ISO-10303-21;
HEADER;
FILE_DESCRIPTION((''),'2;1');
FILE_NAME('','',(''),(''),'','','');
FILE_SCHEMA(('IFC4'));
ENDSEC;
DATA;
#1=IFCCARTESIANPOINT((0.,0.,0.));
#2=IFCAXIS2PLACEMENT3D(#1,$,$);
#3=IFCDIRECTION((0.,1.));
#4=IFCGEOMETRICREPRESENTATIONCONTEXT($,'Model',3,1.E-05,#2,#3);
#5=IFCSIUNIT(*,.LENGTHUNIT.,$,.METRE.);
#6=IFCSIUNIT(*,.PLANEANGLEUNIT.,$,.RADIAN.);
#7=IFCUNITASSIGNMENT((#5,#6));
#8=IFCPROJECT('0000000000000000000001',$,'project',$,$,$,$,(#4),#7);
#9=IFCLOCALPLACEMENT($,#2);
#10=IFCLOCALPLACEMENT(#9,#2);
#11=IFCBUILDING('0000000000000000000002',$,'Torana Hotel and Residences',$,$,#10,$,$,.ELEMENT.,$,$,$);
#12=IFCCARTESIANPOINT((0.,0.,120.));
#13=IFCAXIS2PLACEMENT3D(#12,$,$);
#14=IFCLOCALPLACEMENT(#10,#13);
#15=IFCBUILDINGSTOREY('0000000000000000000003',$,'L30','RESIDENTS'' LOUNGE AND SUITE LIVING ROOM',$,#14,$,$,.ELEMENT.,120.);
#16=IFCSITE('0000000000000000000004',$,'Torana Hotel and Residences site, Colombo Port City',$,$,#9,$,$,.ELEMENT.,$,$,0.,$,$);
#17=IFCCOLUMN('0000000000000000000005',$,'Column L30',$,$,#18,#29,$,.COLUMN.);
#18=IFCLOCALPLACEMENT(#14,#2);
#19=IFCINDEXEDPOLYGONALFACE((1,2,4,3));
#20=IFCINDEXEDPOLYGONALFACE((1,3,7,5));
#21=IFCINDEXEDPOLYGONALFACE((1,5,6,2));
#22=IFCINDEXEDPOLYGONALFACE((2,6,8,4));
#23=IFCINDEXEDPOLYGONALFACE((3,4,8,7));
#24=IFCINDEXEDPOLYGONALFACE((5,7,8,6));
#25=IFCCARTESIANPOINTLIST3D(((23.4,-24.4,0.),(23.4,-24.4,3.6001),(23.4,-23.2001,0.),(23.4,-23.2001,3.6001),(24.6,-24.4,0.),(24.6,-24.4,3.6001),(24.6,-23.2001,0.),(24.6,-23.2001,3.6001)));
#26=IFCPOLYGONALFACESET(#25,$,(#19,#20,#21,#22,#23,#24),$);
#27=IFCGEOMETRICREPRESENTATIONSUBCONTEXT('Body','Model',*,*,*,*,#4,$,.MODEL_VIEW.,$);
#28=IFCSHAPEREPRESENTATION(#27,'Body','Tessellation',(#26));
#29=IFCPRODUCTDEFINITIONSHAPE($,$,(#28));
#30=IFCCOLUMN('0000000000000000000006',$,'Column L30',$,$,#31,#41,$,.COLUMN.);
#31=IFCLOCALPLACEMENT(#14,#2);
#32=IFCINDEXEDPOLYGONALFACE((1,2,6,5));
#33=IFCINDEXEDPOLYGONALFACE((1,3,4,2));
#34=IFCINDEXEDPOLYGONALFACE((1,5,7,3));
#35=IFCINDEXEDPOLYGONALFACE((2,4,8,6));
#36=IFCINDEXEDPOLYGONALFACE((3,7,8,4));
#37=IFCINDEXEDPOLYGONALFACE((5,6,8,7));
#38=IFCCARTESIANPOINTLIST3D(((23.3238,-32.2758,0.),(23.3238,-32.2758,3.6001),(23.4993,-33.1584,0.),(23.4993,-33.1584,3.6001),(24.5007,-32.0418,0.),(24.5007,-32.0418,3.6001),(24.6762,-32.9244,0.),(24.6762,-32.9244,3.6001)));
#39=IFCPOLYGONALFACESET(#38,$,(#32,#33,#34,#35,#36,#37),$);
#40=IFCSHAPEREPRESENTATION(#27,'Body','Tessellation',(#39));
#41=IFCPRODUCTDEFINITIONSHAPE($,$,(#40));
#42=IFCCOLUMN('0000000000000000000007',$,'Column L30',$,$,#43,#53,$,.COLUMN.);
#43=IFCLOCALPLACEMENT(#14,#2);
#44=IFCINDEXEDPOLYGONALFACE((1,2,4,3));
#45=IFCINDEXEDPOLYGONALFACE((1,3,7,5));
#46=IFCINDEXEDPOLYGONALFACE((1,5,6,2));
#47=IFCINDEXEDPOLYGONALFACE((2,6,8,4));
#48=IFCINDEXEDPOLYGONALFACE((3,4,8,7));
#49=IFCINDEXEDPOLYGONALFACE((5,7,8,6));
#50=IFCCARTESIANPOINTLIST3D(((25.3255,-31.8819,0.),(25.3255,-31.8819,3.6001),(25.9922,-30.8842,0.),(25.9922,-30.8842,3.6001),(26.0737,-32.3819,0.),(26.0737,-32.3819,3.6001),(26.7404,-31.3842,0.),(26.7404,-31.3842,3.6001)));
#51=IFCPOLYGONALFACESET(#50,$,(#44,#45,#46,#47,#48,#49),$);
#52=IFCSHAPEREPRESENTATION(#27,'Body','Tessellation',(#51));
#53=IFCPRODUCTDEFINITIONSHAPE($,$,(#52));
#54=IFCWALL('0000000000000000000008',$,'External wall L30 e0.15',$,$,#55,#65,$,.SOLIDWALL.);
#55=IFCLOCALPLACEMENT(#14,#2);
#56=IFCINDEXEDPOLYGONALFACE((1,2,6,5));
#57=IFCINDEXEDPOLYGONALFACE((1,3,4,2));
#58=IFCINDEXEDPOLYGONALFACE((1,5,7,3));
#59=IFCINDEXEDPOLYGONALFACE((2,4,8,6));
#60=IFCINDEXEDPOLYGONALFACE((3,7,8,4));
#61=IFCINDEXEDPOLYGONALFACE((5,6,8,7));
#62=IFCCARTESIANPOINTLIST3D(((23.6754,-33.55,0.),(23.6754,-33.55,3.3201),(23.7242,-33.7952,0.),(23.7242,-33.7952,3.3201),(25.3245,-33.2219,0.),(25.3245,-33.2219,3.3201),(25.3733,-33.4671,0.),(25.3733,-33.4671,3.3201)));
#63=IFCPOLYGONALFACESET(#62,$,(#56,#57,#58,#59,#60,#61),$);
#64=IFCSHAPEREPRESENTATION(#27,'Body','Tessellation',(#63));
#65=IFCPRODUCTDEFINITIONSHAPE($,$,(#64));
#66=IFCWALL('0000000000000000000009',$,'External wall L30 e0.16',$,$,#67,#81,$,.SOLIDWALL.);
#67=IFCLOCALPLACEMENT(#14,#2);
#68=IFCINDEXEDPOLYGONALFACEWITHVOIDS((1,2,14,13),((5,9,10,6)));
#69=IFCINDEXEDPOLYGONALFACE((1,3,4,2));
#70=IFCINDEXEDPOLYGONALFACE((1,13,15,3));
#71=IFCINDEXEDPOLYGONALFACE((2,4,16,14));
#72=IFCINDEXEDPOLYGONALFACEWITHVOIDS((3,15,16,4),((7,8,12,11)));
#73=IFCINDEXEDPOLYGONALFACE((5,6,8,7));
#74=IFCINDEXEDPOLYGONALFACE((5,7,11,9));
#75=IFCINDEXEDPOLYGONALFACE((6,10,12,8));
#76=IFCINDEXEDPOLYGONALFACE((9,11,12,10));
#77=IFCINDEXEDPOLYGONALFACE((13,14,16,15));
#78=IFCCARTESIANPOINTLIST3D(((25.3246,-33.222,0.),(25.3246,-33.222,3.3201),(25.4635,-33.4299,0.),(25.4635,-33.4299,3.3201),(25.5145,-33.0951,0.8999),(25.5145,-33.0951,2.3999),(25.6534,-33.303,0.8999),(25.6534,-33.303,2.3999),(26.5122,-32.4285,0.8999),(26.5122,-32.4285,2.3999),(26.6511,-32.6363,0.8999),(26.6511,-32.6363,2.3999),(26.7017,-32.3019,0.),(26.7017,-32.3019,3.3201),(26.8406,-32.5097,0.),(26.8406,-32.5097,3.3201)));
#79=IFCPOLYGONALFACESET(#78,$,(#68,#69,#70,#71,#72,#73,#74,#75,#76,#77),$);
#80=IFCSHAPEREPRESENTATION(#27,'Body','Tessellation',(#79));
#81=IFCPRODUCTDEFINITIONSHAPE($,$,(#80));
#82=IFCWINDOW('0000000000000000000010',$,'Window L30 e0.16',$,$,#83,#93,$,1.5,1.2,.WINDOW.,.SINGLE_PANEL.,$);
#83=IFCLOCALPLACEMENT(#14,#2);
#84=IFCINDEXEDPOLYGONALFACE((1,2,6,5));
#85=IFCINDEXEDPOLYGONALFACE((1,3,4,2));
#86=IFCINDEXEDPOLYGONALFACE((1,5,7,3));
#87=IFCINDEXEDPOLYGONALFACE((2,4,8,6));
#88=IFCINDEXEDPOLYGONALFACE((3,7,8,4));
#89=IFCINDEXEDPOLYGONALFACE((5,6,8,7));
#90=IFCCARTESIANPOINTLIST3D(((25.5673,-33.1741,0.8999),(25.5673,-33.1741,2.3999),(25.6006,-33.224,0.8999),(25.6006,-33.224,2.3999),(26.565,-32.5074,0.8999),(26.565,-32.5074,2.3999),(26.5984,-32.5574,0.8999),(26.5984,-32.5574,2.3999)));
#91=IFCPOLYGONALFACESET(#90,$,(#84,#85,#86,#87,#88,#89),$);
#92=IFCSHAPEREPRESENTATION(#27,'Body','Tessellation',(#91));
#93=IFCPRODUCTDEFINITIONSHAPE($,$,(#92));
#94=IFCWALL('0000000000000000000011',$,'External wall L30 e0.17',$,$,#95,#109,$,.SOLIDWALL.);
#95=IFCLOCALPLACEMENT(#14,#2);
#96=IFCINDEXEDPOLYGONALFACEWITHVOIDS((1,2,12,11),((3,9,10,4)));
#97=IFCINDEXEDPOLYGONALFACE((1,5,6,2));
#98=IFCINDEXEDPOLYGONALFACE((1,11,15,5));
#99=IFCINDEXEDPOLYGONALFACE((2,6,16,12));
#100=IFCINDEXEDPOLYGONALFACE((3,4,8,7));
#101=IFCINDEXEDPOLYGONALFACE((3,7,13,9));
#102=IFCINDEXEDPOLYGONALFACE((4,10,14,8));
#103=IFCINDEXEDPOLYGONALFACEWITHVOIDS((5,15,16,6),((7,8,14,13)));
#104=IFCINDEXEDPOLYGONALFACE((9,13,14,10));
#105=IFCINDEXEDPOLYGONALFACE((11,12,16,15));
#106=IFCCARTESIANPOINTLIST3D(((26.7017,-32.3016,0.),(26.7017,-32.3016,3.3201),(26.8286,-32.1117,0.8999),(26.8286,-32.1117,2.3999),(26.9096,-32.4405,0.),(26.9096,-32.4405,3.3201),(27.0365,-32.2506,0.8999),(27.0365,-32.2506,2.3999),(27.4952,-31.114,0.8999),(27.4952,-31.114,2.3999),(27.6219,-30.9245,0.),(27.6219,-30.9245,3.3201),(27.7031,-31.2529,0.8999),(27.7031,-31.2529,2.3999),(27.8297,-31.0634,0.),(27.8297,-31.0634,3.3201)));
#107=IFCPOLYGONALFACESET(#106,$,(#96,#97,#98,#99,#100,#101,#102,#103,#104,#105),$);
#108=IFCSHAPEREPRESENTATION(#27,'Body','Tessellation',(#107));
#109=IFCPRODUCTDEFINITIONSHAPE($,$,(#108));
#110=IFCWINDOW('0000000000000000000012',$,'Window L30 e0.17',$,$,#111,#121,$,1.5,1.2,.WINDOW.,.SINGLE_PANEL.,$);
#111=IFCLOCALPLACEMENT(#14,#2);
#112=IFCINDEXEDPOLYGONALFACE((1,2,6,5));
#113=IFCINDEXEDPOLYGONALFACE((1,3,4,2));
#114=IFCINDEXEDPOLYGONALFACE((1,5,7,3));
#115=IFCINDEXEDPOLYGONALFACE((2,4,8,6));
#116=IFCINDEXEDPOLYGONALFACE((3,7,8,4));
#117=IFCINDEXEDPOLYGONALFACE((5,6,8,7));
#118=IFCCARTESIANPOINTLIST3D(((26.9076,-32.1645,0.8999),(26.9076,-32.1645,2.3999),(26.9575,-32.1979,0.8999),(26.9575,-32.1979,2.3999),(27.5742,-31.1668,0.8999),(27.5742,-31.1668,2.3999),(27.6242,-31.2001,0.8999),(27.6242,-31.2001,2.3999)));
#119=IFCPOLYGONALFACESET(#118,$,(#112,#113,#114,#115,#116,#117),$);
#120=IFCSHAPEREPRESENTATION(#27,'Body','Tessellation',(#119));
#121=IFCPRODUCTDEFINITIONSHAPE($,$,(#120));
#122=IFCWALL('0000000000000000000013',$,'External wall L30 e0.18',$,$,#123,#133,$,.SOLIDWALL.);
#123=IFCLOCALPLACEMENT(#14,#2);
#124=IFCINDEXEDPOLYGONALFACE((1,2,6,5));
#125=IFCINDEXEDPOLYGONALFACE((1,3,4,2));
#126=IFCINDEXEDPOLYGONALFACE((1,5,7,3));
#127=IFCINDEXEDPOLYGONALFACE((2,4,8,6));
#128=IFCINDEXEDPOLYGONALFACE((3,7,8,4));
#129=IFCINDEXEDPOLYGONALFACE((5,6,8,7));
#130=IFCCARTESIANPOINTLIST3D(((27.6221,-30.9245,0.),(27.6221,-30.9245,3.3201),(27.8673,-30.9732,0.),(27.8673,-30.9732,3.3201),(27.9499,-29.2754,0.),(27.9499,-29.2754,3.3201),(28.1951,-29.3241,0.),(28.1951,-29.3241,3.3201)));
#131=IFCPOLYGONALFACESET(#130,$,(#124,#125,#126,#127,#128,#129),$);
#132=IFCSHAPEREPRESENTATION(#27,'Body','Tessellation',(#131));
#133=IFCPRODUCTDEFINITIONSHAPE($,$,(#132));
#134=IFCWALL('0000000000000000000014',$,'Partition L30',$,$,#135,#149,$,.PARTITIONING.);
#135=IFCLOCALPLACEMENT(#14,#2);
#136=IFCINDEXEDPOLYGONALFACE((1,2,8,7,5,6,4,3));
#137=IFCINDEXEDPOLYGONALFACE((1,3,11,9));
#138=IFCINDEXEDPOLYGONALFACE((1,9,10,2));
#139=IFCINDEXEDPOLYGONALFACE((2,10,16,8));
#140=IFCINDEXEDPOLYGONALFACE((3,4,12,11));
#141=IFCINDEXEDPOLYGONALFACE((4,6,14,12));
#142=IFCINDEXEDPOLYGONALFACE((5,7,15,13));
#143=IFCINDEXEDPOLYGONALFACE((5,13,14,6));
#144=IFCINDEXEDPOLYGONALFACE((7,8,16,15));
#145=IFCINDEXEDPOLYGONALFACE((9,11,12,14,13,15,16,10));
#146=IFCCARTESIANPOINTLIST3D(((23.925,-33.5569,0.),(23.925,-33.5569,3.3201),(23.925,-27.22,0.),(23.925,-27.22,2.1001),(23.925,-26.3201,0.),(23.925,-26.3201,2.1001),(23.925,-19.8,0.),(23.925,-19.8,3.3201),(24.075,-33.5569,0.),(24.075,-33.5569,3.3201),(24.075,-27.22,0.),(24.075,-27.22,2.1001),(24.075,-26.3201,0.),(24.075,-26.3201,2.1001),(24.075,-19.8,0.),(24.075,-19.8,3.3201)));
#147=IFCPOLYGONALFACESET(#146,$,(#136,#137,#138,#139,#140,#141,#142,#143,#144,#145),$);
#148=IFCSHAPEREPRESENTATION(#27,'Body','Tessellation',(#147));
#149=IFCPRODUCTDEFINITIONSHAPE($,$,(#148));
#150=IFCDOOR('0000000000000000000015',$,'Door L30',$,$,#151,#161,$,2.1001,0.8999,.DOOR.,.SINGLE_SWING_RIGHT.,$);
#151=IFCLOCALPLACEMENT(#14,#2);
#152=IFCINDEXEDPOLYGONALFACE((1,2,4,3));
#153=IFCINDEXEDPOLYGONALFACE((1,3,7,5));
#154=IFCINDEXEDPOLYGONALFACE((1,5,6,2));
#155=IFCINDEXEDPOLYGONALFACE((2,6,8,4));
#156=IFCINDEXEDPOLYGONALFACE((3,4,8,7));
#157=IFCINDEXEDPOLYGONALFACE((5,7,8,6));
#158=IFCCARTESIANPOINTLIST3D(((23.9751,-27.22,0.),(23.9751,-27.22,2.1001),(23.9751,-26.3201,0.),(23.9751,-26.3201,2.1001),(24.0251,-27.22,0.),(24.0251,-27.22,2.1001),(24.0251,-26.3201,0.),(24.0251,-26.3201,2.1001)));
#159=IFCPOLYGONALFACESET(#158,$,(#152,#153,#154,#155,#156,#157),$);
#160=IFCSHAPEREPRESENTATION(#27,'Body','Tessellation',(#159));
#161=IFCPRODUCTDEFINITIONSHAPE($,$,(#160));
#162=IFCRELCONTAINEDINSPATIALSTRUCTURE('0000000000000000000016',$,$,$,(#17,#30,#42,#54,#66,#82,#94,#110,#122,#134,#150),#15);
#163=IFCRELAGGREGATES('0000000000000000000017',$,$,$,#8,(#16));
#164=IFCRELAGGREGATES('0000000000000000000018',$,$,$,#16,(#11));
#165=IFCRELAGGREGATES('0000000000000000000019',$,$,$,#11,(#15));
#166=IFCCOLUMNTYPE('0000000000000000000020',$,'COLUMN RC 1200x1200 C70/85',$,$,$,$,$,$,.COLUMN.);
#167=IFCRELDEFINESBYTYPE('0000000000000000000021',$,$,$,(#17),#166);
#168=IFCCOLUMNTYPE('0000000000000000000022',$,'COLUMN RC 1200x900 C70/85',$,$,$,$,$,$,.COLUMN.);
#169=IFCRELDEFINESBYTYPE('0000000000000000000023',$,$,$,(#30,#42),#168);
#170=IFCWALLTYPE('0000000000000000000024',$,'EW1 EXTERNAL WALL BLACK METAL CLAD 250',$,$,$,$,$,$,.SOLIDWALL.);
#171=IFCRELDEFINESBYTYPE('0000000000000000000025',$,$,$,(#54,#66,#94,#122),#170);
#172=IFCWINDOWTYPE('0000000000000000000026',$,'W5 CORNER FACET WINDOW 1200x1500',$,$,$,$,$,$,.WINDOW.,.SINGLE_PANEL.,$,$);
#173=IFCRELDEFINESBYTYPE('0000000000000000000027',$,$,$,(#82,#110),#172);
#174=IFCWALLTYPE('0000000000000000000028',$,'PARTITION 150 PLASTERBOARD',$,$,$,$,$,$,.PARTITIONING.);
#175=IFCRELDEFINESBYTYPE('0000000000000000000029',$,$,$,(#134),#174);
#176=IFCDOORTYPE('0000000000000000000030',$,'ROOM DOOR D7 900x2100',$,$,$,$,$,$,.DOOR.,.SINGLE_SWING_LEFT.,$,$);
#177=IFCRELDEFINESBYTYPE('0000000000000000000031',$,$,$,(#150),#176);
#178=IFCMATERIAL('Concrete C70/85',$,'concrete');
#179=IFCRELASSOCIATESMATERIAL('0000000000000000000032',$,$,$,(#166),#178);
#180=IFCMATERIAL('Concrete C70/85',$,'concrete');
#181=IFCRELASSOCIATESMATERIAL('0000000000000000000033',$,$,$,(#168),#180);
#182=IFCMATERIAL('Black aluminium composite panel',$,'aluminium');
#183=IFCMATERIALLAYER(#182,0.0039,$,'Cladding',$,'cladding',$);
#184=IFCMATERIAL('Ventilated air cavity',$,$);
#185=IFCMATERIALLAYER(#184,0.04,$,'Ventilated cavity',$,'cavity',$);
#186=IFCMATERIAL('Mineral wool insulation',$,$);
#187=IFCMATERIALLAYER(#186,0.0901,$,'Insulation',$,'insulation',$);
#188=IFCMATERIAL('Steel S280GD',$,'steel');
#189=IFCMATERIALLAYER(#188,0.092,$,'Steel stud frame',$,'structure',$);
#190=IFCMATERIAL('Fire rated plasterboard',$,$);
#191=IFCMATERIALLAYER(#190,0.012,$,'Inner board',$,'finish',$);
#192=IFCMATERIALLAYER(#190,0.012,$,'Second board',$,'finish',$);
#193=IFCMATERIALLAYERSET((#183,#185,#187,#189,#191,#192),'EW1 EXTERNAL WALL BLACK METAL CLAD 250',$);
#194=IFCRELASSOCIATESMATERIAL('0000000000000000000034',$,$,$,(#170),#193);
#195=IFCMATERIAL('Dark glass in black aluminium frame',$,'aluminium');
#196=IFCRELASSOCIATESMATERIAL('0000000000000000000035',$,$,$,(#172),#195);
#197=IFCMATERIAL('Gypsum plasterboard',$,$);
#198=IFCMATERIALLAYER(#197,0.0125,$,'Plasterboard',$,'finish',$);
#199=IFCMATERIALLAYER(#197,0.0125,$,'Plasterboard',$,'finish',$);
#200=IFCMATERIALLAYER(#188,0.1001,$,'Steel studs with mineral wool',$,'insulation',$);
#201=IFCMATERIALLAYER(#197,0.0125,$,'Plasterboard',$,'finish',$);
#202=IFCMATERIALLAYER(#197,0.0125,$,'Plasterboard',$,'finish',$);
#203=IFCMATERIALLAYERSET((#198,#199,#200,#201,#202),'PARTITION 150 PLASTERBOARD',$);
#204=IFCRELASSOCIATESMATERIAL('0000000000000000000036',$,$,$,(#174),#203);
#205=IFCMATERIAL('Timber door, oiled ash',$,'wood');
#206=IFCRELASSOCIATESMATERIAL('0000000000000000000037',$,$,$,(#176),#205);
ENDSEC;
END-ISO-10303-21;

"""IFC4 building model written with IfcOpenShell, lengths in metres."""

from ifc_helpers import new_model, si_unit, direction, frame, frame_2d, origin, origin_2d, place, context, subcontext, project, spatial, rectangle, extrude, material, layer, layer_set, material_profile, profile_set, type_object, element, fill, save


model = new_model("IFC4")

# Units and contexts
model_context = context("Model", 3, precision=1e-05, world=origin(), true_north=direction((0.0, 1.0)))
body_context = subcontext(model_context, "Body", "Model", "MODEL_VIEW")
ifc_project = project(units=[si_unit("LENGTHUNIT", "METRE"), si_unit("PLANEANGLEUNIT", "RADIAN")], contexts=[model_context])

# Site, building, storey
site_placement = place(None, origin())
site = spatial("IfcSite", under=ifc_project, at=site_placement, Name="Torana Hotel and Residences site, Colombo Port City", CompositionType="ELEMENT", RefElevation=0.0)
building_placement = place(site_placement, origin())
building = spatial("IfcBuilding", under=site, at=building_placement, Name="Torana Hotel and Residences", CompositionType="ELEMENT")
storey_placement = place(building_placement, frame((0.0, 0.0, 120.0)))
storey = spatial("IfcBuildingStorey", under=building, at=storey_placement, Name="L30", Description="RESIDENTS' LOUNGE AND SUITE LIVING ROOM", CompositionType="ELEMENT", Elevation=120.0)

# Columns
ifc_material_1 = material(Name="Concrete C70/85", Category="concrete")
ifc_material_profile_1 = material_profile(ifc_material_1, rectangle(XDim=1.2, YDim=1.2, at=origin_2d()), Name="RC 1200x1200")
ifc_profile_set_1 = profile_set([ifc_material_profile_1], Name="Concrete C70/85")
column_type_1 = type_object("IfcColumnType", Name="COLUMN RC 1200x1200 C70/85", PredefinedType="COLUMN", material=ifc_profile_set_1)
column_placement = place(storey_placement, frame((24.0, -23.8, 0.0), z_axis=(0.0, 0.0, 1.0), x_axis=(1.0, 0.0, 0.0)))
element("IfcColumn", 1, at=column_placement, inside=storey, type_object=column_type_1, Name="Column L30", PredefinedType="COLUMN", context=body_context, shape_type="SweptSolid", body=[
    extrude(rectangle(XDim=1.2, YDim=1.2, at=origin_2d()), origin(), (0.0, 0.0, 1.0), 3.6001),
])
ifc_material_2 = material(Name="Concrete C70/85", Category="concrete")
ifc_material_profile_2 = material_profile(ifc_material_2, rectangle(XDim=1.2, YDim=0.8999, at=origin_2d()), Name="RC 1200x900")
ifc_profile_set_2 = profile_set([ifc_material_profile_2], Name="Concrete C70/85")
column_type_2 = type_object("IfcColumnType", Name="COLUMN RC 1200x900 C70/85", PredefinedType="COLUMN", material=ifc_profile_set_2)
for number, where, z_axis, x_axis, name in (
    (2, (24.0, -32.6001, 0.0), (0.0, 0.0, 1.0), (0.980792, 0.195056, 0.0), "Column L30"),
    (3, (26.033, -31.6331, 0.0), (0.0, 0.0, 1.0), (0.555585, 0.83146, 0.0), "Column L30"),
):
    element("IfcColumn", number, at=place(storey_placement, frame(where, z_axis=z_axis, x_axis=x_axis)), inside=storey, type_object=column_type_2, Name=name, PredefinedType="COLUMN", context=body_context, shape_type="SweptSolid", body=[
        extrude(rectangle(XDim=1.2, YDim=0.8999, at=origin_2d()), origin(), (0.0, 0.0, 1.0), 3.6001),
    ])

# Wall
ifc_material_3 = material(Name="Black aluminium composite panel", Category="aluminium")
ifc_layer_1 = layer(ifc_material_3, 0.0039, Name="Cladding", Category="cladding")
ifc_material_4 = material(Name="Ventilated air cavity")
ifc_layer_2 = layer(ifc_material_4, 0.04, Name="Ventilated cavity", Category="cavity")
ifc_material_5 = material(Name="Mineral wool insulation")
ifc_layer_3 = layer(ifc_material_5, 0.0901, Name="Insulation", Category="insulation")
ifc_material_6 = material(Name="Steel S280GD", Category="steel")
ifc_layer_4 = layer(ifc_material_6, 0.092, Name="Steel stud frame", Category="structure")
ifc_material_7 = material(Name="Fire rated plasterboard")
ifc_layer_5 = layer(ifc_material_7, 0.012, Name="Inner board", Category="finish")
ifc_layer_6 = layer(ifc_material_7, 0.012, Name="Second board", Category="finish")
ifc_layer_set_1 = layer_set([ifc_layer_1, ifc_layer_2, ifc_layer_3, ifc_layer_4, ifc_layer_5, ifc_layer_6], Name="EW1 EXTERNAL WALL BLACK METAL CLAD 250")
wall_type_1 = type_object("IfcWallType", Name="EW1 EXTERNAL WALL BLACK METAL CLAD 250", PredefinedType="SOLIDWALL", material=ifc_layer_set_1)
wall_1_placement = place(storey_placement, frame((23.6997, -33.6726, 0.0), z_axis=(0.0, 0.0, 1.0), x_axis=(0.980776, 0.195139, 0.0)))
element("IfcWall", 4, at=wall_1_placement, inside=storey, type_object=wall_type_1, Name="External wall L30 e0.15", PredefinedType="SOLIDWALL", context=body_context, shape_type="SweptSolid", body=[
    extrude(rectangle(XDim=1.6814, YDim=0.25, at=frame_2d((0.8408, 0.0))), origin(), (0.0, 0.0, 1.0), 3.3201),
])

# Walls, openings, windows
wall_2_placement = place(storey_placement, frame((25.394, -33.3259, 0.0), z_axis=(0.0, 0.0, 1.0), x_axis=(0.831483, 0.55555, 0.0)))
wall_2 = element("IfcWall", 5, at=wall_2_placement, inside=storey, type_object=wall_type_1, Name="External wall L30 e0.16", PredefinedType="SOLIDWALL", context=body_context, shape_type="SweptSolid", body=[
    extrude(rectangle(XDim=1.6562, YDim=0.25, at=frame_2d((0.8281, 0.0))), origin(), (0.0, 0.0, 1.0), 3.3201),
])
opening_1_placement = place(wall_2_placement, frame((0.2283, 0.0, 0.8999)))
opening_1 = element("IfcOpeningElement", 6, at=opening_1_placement, cuts=wall_2, PredefinedType="OPENING", context=body_context, shape_type="SweptSolid", body=[
    extrude(rectangle(XDim=1.2, YDim=1.5, at=frame_2d((0.6001, 0.75))), frame((0.0, 0.135, 0.0), z_axis=(0.0, -1.0, 0.0), x_axis=(1.0, 0.0, 0.0)), (0.0, 0.0, 1.0), 0.27),
])
ifc_material_8 = material(Name="Dark glass in black aluminium frame", Category="aluminium")
window_type_1 = type_object("IfcWindowType", Name="W5 CORNER FACET WINDOW 1200x1500", PartitioningType="SINGLE_PANEL", PredefinedType="WINDOW", material=ifc_material_8)
window_1_placement = place(opening_1_placement, origin())
window_1 = element("IfcWindow", 7, at=window_1_placement, inside=storey, type_object=window_type_1, Name="Window L30 e0.16", OverallHeight=1.5, OverallWidth=1.2, PartitioningType="SINGLE_PANEL", PredefinedType="WINDOW", context=body_context, shape_type="SweptSolid", body=[
    extrude(rectangle(XDim=1.2, YDim=1.5, at=frame_2d((0.6001, 0.75))), frame((0.0, 0.03, 0.0), z_axis=(0.0, -1.0, 0.0), x_axis=(1.0, 0.0, 0.0)), (0.0, 0.0, 1.0), 0.0601),
])
fill(opening_1, window_1)
wall_3_placement = place(storey_placement, frame((26.8057, -32.3711, 0.0), z_axis=(0.0, 0.0, 1.0), x_axis=(0.55555, 0.831483, 0.0)))
wall_3 = element("IfcWall", 8, at=wall_3_placement, inside=storey, type_object=wall_type_1, Name="External wall L30 e0.17", PredefinedType="SOLIDWALL", context=body_context, shape_type="SweptSolid", body=[
    extrude(rectangle(XDim=1.6562, YDim=0.25, at=frame_2d((0.8281, 0.0))), origin(), (0.0, 0.0, 1.0), 3.3201),
])
opening_2_placement = place(wall_3_placement, frame((0.2283, 0.0, 0.8999)))
opening_2 = element("IfcOpeningElement", 9, at=opening_2_placement, cuts=wall_3, PredefinedType="OPENING", context=body_context, shape_type="SweptSolid", body=[
    extrude(rectangle(XDim=1.2, YDim=1.5, at=frame_2d((0.6001, 0.75))), frame((0.0, 0.135, 0.0), z_axis=(0.0, -1.0, 0.0), x_axis=(1.0, 0.0, 0.0)), (0.0, 0.0, 1.0), 0.27),
])
window_2_placement = place(opening_2_placement, origin())
window_2 = element("IfcWindow", 10, at=window_2_placement, inside=storey, type_object=window_type_1, Name="Window L30 e0.17", OverallHeight=1.5, OverallWidth=1.2, PartitioningType="SINGLE_PANEL", PredefinedType="WINDOW", context=body_context, shape_type="SweptSolid", body=[
    extrude(rectangle(XDim=1.2, YDim=1.5, at=frame_2d((0.6001, 0.75))), frame((0.0, 0.03, 0.0), z_axis=(0.0, -1.0, 0.0), x_axis=(1.0, 0.0, 0.0)), (0.0, 0.0, 1.0), 0.0601),
])
fill(opening_2, window_2)

# Wall
wall_4_placement = place(storey_placement, frame((27.7446, -30.949, 0.0), z_axis=(0.0, 0.0, 1.0), x_axis=(0.194999, 0.980803, 0.0)))
element("IfcWall", 11, at=wall_4_placement, inside=storey, type_object=wall_type_1, Name="External wall L30 e0.18", PredefinedType="SOLIDWALL", context=body_context, shape_type="SweptSolid", body=[
    extrude(rectangle(XDim=1.6814, YDim=0.25, at=frame_2d((0.8408, 0.0))), origin(), (0.0, 0.0, 1.0), 3.3201),
])

# Wall, opening, door
ifc_material_9 = material(Name="Gypsum plasterboard")
ifc_layer_7 = layer(ifc_material_9, 0.0125, Name="Plasterboard", Category="finish")
ifc_layer_8 = layer(ifc_material_9, 0.0125, Name="Plasterboard", Category="finish")
ifc_layer_9 = layer(ifc_material_6, 0.1001, Name="Steel studs with mineral wool", Category="insulation")
ifc_layer_10 = layer(ifc_material_9, 0.0125, Name="Plasterboard", Category="finish")
ifc_layer_11 = layer(ifc_material_9, 0.0125, Name="Plasterboard", Category="finish")
ifc_layer_set_2 = layer_set([ifc_layer_7, ifc_layer_8, ifc_layer_9, ifc_layer_10, ifc_layer_11], Name="PARTITION 150 PLASTERBOARD")
wall_type_2 = type_object("IfcWallType", Name="PARTITION 150 PLASTERBOARD", PredefinedType="PARTITIONING", material=ifc_layer_set_2)
wall_5_placement = place(storey_placement, frame((24.0, -33.5569, 0.0), z_axis=(0.0, 0.0, 1.0), x_axis=(0.0, 1.0, 0.0)))
wall_5 = element("IfcWall", 12, at=wall_5_placement, inside=storey, type_object=wall_type_2, Name="Partition L30", PredefinedType="PARTITIONING", context=body_context, shape_type="SweptSolid", body=[
    extrude(rectangle(XDim=13.7568, YDim=0.1499, at=frame_2d((6.8784, 0.0))), origin(), (0.0, 0.0, 1.0), 3.3201),
])
opening_3_placement = place(wall_5_placement, frame((6.3369, 0.0, 0.0)))
opening_3 = element("IfcOpeningElement", 13, at=opening_3_placement, cuts=wall_5, PredefinedType="OPENING", context=body_context, shape_type="SweptSolid", body=[
    extrude(rectangle(XDim=0.8999, YDim=2.1001, at=frame_2d((0.45, 1.05))), frame((0.0, 0.085, 0.0), z_axis=(0.0, -1.0, 0.0), x_axis=(1.0, 0.0, 0.0)), (0.0, 0.0, 1.0), 0.1699),
])
ifc_material_10 = material(Name="Timber door, oiled ash", Category="wood")
door_type_1 = type_object("IfcDoorType", Name="ROOM DOOR D7 900x2100", OperationType="SINGLE_SWING_LEFT", PredefinedType="DOOR", material=ifc_material_10)
door_1_placement = place(opening_3_placement, origin())
door_1 = element("IfcDoor", 14, at=door_1_placement, inside=storey, type_object=door_type_1, Name="Door L30", OperationType="SINGLE_SWING_RIGHT", OverallHeight=2.1001, OverallWidth=0.8999, PredefinedType="DOOR", context=body_context, shape_type="SweptSolid", body=[
    extrude(rectangle(XDim=0.8999, YDim=2.1001, at=frame_2d((0.45, 1.05))), frame((0.0, 0.0249, 0.0), z_axis=(0.0, -1.0, 0.0), x_axis=(1.0, 0.0, 0.0)), (0.0, 0.0, 1.0), 0.05),
])
fill(opening_3, door_1)

save(model, "model.ifc")
